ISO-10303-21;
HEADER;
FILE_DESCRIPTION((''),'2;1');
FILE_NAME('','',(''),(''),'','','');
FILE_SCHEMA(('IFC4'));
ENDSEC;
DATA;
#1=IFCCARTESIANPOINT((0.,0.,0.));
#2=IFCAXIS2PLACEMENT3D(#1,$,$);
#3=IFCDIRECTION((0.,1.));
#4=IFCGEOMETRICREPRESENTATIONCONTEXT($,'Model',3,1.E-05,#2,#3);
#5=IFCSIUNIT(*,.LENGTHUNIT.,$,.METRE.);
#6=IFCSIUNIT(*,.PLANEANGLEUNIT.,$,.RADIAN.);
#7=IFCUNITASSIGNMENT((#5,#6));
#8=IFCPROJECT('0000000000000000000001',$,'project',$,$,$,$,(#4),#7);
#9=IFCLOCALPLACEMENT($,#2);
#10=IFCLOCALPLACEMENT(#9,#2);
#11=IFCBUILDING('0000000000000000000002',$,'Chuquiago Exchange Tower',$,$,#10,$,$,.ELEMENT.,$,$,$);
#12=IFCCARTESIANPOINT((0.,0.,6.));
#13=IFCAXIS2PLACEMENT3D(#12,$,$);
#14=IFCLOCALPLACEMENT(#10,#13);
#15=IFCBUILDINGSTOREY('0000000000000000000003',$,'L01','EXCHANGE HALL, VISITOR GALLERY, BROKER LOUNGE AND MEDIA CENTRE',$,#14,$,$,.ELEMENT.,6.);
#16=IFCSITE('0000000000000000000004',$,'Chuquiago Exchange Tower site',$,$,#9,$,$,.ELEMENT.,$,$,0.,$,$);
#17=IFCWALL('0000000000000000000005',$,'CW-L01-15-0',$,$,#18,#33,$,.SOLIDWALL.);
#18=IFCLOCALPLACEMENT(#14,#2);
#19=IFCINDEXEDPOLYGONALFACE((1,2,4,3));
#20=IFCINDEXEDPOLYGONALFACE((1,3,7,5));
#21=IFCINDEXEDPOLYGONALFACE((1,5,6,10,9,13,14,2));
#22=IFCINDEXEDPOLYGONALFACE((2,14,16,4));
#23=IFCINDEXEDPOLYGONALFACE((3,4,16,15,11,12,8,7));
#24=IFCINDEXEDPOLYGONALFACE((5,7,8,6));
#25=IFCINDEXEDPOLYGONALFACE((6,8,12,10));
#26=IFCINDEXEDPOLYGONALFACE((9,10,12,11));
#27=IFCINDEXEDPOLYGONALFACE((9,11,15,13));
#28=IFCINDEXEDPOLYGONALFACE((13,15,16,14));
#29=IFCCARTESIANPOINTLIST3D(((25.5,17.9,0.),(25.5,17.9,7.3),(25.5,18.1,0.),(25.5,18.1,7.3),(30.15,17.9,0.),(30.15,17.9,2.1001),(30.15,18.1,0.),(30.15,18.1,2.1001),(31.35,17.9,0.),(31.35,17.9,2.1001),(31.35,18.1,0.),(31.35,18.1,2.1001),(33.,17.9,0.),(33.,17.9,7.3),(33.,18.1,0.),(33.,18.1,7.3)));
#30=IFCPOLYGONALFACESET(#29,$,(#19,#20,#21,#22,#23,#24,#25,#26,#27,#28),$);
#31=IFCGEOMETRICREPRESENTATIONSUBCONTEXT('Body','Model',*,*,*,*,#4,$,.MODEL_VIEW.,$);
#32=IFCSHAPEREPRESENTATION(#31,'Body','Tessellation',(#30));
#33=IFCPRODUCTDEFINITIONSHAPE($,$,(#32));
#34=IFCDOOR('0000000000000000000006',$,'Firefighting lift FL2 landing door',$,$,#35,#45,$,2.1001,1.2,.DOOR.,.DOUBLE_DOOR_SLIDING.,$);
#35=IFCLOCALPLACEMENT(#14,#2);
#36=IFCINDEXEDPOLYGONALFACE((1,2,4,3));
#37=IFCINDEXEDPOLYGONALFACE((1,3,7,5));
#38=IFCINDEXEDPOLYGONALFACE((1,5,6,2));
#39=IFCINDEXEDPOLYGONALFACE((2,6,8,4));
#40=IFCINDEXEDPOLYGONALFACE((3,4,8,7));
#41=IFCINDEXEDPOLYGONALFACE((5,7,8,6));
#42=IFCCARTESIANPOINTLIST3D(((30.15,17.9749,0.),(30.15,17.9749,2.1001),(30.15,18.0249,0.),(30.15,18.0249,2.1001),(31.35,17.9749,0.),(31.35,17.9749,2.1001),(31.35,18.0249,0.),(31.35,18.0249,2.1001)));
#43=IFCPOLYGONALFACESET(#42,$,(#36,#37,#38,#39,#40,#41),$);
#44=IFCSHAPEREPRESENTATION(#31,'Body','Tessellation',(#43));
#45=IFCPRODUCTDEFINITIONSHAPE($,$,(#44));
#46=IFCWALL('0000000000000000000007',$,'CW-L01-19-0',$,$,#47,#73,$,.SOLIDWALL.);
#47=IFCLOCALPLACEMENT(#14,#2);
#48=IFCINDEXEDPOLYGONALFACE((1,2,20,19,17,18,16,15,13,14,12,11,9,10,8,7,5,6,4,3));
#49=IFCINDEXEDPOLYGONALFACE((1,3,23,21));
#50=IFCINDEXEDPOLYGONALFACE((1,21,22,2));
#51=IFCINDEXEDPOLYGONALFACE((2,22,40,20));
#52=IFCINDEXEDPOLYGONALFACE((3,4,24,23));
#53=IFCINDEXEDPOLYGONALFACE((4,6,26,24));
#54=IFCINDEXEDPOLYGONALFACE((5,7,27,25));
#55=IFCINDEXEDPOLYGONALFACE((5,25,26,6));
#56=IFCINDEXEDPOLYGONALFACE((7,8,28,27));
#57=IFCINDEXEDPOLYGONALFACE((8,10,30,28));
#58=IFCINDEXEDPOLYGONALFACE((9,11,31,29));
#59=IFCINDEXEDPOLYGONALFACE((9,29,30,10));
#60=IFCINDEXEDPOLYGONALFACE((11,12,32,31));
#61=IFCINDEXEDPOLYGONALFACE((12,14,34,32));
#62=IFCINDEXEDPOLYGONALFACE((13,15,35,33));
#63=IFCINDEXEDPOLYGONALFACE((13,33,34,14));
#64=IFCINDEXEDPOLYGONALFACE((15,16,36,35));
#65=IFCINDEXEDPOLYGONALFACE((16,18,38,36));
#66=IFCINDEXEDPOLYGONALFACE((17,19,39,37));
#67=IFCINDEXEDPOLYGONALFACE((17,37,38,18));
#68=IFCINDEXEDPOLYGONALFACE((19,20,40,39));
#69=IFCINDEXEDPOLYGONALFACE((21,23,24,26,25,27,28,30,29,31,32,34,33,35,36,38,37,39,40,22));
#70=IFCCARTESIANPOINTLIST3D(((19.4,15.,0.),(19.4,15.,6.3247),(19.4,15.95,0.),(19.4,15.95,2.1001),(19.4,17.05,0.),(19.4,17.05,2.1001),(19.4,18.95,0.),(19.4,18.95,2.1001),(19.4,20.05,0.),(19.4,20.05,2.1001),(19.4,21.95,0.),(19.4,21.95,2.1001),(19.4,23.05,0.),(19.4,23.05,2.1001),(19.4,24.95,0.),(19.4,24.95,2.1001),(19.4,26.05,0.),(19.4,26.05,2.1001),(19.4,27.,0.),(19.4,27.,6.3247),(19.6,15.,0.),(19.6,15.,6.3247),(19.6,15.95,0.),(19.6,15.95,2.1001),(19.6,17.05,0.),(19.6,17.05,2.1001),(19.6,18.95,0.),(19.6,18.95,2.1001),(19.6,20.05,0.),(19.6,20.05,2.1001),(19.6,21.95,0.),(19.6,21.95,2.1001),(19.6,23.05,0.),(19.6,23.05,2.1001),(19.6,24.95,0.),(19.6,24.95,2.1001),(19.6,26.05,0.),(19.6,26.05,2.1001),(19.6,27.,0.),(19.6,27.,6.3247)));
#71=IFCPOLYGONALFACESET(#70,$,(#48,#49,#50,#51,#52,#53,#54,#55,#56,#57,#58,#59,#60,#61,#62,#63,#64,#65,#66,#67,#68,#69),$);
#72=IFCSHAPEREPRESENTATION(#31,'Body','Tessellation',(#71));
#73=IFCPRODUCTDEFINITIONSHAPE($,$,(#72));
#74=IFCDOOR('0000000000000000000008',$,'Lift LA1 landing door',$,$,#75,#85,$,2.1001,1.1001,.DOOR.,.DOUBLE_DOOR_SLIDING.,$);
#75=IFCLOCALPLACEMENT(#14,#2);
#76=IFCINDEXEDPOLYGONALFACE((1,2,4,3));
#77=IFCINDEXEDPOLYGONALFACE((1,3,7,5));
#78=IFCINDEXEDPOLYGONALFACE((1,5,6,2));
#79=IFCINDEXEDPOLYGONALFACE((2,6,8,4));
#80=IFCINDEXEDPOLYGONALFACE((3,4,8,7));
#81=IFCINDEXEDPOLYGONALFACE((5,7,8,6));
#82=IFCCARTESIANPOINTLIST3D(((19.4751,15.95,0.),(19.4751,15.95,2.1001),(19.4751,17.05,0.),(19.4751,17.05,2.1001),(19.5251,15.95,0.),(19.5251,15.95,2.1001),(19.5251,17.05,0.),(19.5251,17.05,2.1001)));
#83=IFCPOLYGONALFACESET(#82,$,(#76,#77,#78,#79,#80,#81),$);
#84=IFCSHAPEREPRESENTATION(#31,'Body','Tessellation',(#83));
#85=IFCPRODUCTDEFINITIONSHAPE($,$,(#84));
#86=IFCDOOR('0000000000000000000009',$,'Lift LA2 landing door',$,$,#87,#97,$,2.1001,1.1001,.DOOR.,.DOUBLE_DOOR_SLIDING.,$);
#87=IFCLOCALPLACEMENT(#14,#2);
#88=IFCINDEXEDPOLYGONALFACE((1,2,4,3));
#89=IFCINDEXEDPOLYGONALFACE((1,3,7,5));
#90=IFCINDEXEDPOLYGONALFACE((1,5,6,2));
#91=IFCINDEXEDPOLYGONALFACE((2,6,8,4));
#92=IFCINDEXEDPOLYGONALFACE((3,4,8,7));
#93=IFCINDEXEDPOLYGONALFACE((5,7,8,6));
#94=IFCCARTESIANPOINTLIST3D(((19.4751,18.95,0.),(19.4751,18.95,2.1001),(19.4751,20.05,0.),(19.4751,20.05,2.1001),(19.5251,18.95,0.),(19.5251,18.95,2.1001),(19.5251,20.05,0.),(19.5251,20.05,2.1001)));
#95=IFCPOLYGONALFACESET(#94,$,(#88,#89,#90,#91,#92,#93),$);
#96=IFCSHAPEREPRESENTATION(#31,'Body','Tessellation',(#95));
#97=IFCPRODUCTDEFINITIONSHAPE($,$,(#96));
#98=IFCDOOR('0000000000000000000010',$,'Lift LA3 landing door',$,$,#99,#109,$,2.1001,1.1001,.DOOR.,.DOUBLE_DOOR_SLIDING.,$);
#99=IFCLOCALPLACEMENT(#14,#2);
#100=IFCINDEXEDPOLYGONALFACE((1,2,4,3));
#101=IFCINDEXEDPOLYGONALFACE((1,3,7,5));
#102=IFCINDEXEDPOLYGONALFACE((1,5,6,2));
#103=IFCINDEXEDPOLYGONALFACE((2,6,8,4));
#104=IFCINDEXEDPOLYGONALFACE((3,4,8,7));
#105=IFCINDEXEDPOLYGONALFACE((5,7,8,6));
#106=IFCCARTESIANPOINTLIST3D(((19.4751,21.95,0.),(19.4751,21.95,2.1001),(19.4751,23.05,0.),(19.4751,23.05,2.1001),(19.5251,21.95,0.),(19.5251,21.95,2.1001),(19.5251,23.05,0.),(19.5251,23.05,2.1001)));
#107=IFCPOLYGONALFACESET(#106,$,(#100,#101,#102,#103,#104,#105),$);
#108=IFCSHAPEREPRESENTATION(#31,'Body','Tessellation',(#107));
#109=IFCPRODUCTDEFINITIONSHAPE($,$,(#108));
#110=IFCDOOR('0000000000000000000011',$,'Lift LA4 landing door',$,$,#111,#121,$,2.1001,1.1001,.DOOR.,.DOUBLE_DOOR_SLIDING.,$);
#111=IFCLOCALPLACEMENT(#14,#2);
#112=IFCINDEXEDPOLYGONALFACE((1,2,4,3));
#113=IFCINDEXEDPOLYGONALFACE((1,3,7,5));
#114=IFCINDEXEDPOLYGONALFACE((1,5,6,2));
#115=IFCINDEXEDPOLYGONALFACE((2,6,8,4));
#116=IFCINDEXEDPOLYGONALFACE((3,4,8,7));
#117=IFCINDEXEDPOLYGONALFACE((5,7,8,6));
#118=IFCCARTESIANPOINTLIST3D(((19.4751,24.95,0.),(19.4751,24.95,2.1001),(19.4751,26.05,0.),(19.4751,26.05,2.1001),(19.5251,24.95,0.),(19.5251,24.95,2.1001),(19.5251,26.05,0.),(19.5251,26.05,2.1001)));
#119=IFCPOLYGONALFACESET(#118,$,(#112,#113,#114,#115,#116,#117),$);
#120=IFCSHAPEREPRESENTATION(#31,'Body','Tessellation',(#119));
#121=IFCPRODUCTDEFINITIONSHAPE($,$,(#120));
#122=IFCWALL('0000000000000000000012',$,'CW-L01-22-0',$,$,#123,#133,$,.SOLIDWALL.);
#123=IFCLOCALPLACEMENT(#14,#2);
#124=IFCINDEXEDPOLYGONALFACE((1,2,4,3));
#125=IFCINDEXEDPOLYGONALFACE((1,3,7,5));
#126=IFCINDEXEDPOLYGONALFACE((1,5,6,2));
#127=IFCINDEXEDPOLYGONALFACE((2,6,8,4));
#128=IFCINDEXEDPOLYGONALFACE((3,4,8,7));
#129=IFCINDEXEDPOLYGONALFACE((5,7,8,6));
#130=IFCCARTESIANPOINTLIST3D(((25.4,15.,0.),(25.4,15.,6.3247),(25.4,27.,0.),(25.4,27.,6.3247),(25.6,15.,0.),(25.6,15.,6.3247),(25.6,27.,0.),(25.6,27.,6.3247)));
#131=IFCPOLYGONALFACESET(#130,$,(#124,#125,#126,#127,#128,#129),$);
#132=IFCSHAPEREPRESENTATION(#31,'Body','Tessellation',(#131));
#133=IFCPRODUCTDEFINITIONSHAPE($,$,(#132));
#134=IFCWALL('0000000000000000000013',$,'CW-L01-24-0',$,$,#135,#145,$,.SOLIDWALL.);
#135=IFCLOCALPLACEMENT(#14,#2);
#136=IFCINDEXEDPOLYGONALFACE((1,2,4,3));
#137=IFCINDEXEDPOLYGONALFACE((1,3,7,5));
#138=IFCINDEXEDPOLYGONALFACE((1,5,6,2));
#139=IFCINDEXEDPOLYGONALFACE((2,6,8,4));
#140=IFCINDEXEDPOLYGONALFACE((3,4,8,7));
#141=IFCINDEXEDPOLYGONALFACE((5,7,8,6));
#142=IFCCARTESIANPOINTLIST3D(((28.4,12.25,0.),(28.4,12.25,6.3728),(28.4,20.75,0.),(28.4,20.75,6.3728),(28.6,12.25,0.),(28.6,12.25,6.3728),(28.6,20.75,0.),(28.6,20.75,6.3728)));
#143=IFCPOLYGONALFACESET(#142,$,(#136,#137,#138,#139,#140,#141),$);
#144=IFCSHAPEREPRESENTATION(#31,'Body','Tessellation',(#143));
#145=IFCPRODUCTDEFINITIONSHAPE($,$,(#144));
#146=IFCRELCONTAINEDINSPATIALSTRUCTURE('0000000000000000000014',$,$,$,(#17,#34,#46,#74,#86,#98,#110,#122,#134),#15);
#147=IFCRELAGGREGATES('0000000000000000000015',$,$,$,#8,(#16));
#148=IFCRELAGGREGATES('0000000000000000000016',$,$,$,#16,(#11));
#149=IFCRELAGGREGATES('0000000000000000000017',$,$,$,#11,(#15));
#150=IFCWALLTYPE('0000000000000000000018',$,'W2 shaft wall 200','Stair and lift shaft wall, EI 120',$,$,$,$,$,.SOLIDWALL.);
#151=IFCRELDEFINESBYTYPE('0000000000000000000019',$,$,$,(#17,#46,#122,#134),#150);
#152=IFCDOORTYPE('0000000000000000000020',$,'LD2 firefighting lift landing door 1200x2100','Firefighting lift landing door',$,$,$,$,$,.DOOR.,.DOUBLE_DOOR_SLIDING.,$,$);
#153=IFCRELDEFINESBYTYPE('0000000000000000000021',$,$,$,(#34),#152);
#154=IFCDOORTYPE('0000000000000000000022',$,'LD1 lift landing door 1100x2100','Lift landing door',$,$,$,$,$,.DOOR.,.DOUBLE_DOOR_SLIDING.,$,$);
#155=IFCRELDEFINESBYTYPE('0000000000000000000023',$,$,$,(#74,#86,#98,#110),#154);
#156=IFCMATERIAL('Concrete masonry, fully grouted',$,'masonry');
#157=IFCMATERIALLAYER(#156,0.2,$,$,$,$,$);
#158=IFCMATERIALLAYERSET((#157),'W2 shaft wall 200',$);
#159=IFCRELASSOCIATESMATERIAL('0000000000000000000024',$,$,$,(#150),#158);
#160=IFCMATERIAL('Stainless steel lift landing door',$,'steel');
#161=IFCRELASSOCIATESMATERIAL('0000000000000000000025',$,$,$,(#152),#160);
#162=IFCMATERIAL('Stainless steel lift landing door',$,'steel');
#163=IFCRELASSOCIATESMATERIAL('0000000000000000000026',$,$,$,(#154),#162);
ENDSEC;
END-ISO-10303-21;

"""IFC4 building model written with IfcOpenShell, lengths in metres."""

from ifc_helpers import new_model, si_unit, direction, frame, frame_2d, origin, place, context, subcontext, project, spatial, rectangle, extrude, material, layer, layer_set, type_object, element, fill, save


model = new_model("IFC4")

# Units and contexts
model_context = context("Model", 3, precision=1e-05, world=origin(), true_north=direction((0.0, 1.0)))
body_context = subcontext(model_context, "Body", "Model", "MODEL_VIEW")
ifc_project = project(units=[si_unit("LENGTHUNIT", "METRE"), si_unit("PLANEANGLEUNIT", "RADIAN")], contexts=[model_context])

# Site, building, storey
site_placement = place(None, origin())
site = spatial("IfcSite", under=ifc_project, at=site_placement, Name="Chuquiago Exchange Tower site", CompositionType="ELEMENT", RefElevation=0.0)
building_placement = place(site_placement, origin())
building = spatial("IfcBuilding", under=site, at=building_placement, Name="Chuquiago Exchange Tower", CompositionType="ELEMENT")
storey_placement = place(building_placement, frame((0.0, 0.0, 6.0)))
storey = spatial("IfcBuildingStorey", under=building, at=storey_placement, Name="L01", Description="EXCHANGE HALL, VISITOR GALLERY, BROKER LOUNGE AND MEDIA CENTRE", CompositionType="ELEMENT", Elevation=6.0)

# Shared definitions
ifc_material_1 = material(Name="Concrete masonry, fully grouted", Category="masonry")
ifc_layer_1 = layer(ifc_material_1, 0.2)
ifc_layer_set_1 = layer_set([ifc_layer_1], Name="W2 shaft wall 200")
wall_type_1 = type_object("IfcWallType", Name="W2 shaft wall 200", Description="Stair and lift shaft wall, EI 120", PredefinedType="SOLIDWALL", material=ifc_layer_set_1)

# Wall, opening, door
wall_1_placement = place(storey_placement, frame((25.5, 18.0, 0.0), z_axis=(0.0, 0.0, 1.0), x_axis=(1.0, 0.0, 0.0)))
wall_1 = element("IfcWall", 1, at=wall_1_placement, inside=storey, type_object=wall_type_1, Name="CW-L01-15-0", PredefinedType="SOLIDWALL", context=body_context, shape_type="SweptSolid", body=[
    extrude(rectangle(XDim=7.5, YDim=0.2, at=frame_2d((3.75, 0.0))), origin(), (0.0, 0.0, 1.0), 7.3),
])
opening_1_placement = place(wall_1_placement, frame((4.6499, 0.0, 0.0)))
opening_1 = element("IfcOpeningElement", 2, at=opening_1_placement, cuts=wall_1, PredefinedType="OPENING", context=body_context, shape_type="SweptSolid", body=[
    extrude(rectangle(XDim=1.2, YDim=2.1001, at=frame_2d((0.6001, 1.05))), frame((0.0, 0.1099, 0.0), z_axis=(0.0, -1.0, 0.0), x_axis=(1.0, 0.0, 0.0)), (0.0, 0.0, 1.0), 0.22),
])
ifc_material_2 = material(Name="Stainless steel lift landing door", Category="steel")
door_type_1 = type_object("IfcDoorType", Name="LD2 firefighting lift landing door 1200x2100", Description="Firefighting lift landing door", OperationType="DOUBLE_DOOR_SLIDING", PredefinedType="DOOR", material=ifc_material_2)
door_1_placement = place(opening_1_placement, origin())
door_1 = element("IfcDoor", 3, at=door_1_placement, inside=storey, type_object=door_type_1, Name="Firefighting lift FL2 landing door", OperationType="DOUBLE_DOOR_SLIDING", OverallHeight=2.1001, OverallWidth=1.2, PredefinedType="DOOR", context=body_context, shape_type="SweptSolid", body=[
    extrude(rectangle(XDim=1.2, YDim=2.1001, at=frame_2d((0.6001, 1.05))), frame((0.0, 0.0249, 0.0), z_axis=(0.0, -1.0, 0.0), x_axis=(1.0, 0.0, 0.0)), (0.0, 0.0, 1.0), 0.05),
])
fill(opening_1, door_1)

# Wall, openings, doors
wall_2_placement = place(storey_placement, frame((19.5, 15.0, 0.0), z_axis=(0.0, 0.0, 1.0), x_axis=(0.0, 1.0, 0.0)))
wall_2 = element("IfcWall", 4, at=wall_2_placement, inside=storey, type_object=wall_type_1, Name="CW-L01-19-0", PredefinedType="SOLIDWALL", context=body_context, shape_type="SweptSolid", body=[
    extrude(rectangle(XDim=12.0, YDim=0.2, at=frame_2d((6.0, 0.0))), origin(), (0.0, 0.0, 1.0), 6.3247),
])
opening_2_placement = place(wall_2_placement, frame((0.95, 0.0, 0.0)))
opening_2 = element("IfcOpeningElement", 5, at=opening_2_placement, cuts=wall_2, PredefinedType="OPENING", context=body_context, shape_type="SweptSolid", body=[
    extrude(rectangle(XDim=1.1001, YDim=2.1001, at=frame_2d((0.55, 1.05))), frame((0.0, 0.1099, 0.0), z_axis=(0.0, -1.0, 0.0), x_axis=(1.0, 0.0, 0.0)), (0.0, 0.0, 1.0), 0.22),
])
opening_3_placement = place(wall_2_placement, frame((3.95, 0.0, 0.0)))
opening_3 = element("IfcOpeningElement", 6, at=opening_3_placement, cuts=wall_2, PredefinedType="OPENING", context=body_context, shape_type="SweptSolid", body=[
    extrude(rectangle(XDim=1.1001, YDim=2.1001, at=frame_2d((0.55, 1.05))), frame((0.0, 0.1099, 0.0), z_axis=(0.0, -1.0, 0.0), x_axis=(1.0, 0.0, 0.0)), (0.0, 0.0, 1.0), 0.22),
])
opening_4_placement = place(wall_2_placement, frame((6.95, 0.0, 0.0)))
opening_4 = element("IfcOpeningElement", 7, at=opening_4_placement, cuts=wall_2, PredefinedType="OPENING", context=body_context, shape_type="SweptSolid", body=[
    extrude(rectangle(XDim=1.1001, YDim=2.1001, at=frame_2d((0.55, 1.05))), frame((0.0, 0.1099, 0.0), z_axis=(0.0, -1.0, 0.0), x_axis=(1.0, 0.0, 0.0)), (0.0, 0.0, 1.0), 0.22),
])
opening_5_placement = place(wall_2_placement, frame((9.95, 0.0, 0.0)))
opening_5 = element("IfcOpeningElement", 8, at=opening_5_placement, cuts=wall_2, PredefinedType="OPENING", context=body_context, shape_type="SweptSolid", body=[
    extrude(rectangle(XDim=1.1001, YDim=2.1001, at=frame_2d((0.55, 1.05))), frame((0.0, 0.1099, 0.0), z_axis=(0.0, -1.0, 0.0), x_axis=(1.0, 0.0, 0.0)), (0.0, 0.0, 1.0), 0.22),
])
ifc_material_3 = material(Name="Stainless steel lift landing door", Category="steel")
door_type_2 = type_object("IfcDoorType", Name="LD1 lift landing door 1100x2100", Description="Lift landing door", OperationType="DOUBLE_DOOR_SLIDING", PredefinedType="DOOR", material=ifc_material_3)
door_2_placement = place(opening_2_placement, origin())
door_2 = element("IfcDoor", 9, at=door_2_placement, inside=storey, type_object=door_type_2, Name="Lift LA1 landing door", OperationType="DOUBLE_DOOR_SLIDING", OverallHeight=2.1001, OverallWidth=1.1001, PredefinedType="DOOR", context=body_context, shape_type="SweptSolid", body=[
    extrude(rectangle(XDim=1.1001, YDim=2.1001, at=frame_2d((0.55, 1.05))), frame((0.0, 0.0249, 0.0), z_axis=(0.0, -1.0, 0.0), x_axis=(1.0, 0.0, 0.0)), (0.0, 0.0, 1.0), 0.05),
])
fill(opening_2, door_2)
door_3_placement = place(opening_3_placement, origin())
door_3 = element("IfcDoor", 10, at=door_3_placement, inside=storey, type_object=door_type_2, Name="Lift LA2 landing door", OperationType="DOUBLE_DOOR_SLIDING", OverallHeight=2.1001, OverallWidth=1.1001, PredefinedType="DOOR", context=body_context, shape_type="SweptSolid", body=[
    extrude(rectangle(XDim=1.1001, YDim=2.1001, at=frame_2d((0.55, 1.05))), frame((0.0, 0.0249, 0.0), z_axis=(0.0, -1.0, 0.0), x_axis=(1.0, 0.0, 0.0)), (0.0, 0.0, 1.0), 0.05),
])
fill(opening_3, door_3)
door_4_placement = place(opening_4_placement, origin())
door_4 = element("IfcDoor", 11, at=door_4_placement, inside=storey, type_object=door_type_2, Name="Lift LA3 landing door", OperationType="DOUBLE_DOOR_SLIDING", OverallHeight=2.1001, OverallWidth=1.1001, PredefinedType="DOOR", context=body_context, shape_type="SweptSolid", body=[
    extrude(rectangle(XDim=1.1001, YDim=2.1001, at=frame_2d((0.55, 1.05))), frame((0.0, 0.0249, 0.0), z_axis=(0.0, -1.0, 0.0), x_axis=(1.0, 0.0, 0.0)), (0.0, 0.0, 1.0), 0.05),
])
fill(opening_4, door_4)
door_5_placement = place(opening_5_placement, origin())
door_5 = element("IfcDoor", 12, at=door_5_placement, inside=storey, type_object=door_type_2, Name="Lift LA4 landing door", OperationType="DOUBLE_DOOR_SLIDING", OverallHeight=2.1001, OverallWidth=1.1001, PredefinedType="DOOR", context=body_context, shape_type="SweptSolid", body=[
    extrude(rectangle(XDim=1.1001, YDim=2.1001, at=frame_2d((0.55, 1.05))), frame((0.0, 0.0249, 0.0), z_axis=(0.0, -1.0, 0.0), x_axis=(1.0, 0.0, 0.0)), (0.0, 0.0, 1.0), 0.05),
])
fill(opening_5, door_5)

# Walls
wall_3_placement = place(storey_placement, frame((25.5, 15.0, 0.0), z_axis=(0.0, 0.0, 1.0), x_axis=(0.0, 1.0, 0.0)))
element("IfcWall", 13, at=wall_3_placement, inside=storey, type_object=wall_type_1, Name="CW-L01-22-0", PredefinedType="SOLIDWALL", context=body_context, shape_type="SweptSolid", body=[
    extrude(rectangle(XDim=12.0, YDim=0.2, at=frame_2d((6.0, 0.0))), origin(), (0.0, 0.0, 1.0), 6.3247),
])
wall_4_placement = place(storey_placement, frame((28.5, 12.25, 0.0), z_axis=(0.0, 0.0, 1.0), x_axis=(0.0, 1.0, 0.0)))
element("IfcWall", 14, at=wall_4_placement, inside=storey, type_object=wall_type_1, Name="CW-L01-24-0", PredefinedType="SOLIDWALL", context=body_context, shape_type="SweptSolid", body=[
    extrude(rectangle(XDim=8.5, YDim=0.2, at=frame_2d((4.25, 0.0))), origin(), (0.0, 0.0, 1.0), 6.3728),
])

save(model, "model.ifc")
